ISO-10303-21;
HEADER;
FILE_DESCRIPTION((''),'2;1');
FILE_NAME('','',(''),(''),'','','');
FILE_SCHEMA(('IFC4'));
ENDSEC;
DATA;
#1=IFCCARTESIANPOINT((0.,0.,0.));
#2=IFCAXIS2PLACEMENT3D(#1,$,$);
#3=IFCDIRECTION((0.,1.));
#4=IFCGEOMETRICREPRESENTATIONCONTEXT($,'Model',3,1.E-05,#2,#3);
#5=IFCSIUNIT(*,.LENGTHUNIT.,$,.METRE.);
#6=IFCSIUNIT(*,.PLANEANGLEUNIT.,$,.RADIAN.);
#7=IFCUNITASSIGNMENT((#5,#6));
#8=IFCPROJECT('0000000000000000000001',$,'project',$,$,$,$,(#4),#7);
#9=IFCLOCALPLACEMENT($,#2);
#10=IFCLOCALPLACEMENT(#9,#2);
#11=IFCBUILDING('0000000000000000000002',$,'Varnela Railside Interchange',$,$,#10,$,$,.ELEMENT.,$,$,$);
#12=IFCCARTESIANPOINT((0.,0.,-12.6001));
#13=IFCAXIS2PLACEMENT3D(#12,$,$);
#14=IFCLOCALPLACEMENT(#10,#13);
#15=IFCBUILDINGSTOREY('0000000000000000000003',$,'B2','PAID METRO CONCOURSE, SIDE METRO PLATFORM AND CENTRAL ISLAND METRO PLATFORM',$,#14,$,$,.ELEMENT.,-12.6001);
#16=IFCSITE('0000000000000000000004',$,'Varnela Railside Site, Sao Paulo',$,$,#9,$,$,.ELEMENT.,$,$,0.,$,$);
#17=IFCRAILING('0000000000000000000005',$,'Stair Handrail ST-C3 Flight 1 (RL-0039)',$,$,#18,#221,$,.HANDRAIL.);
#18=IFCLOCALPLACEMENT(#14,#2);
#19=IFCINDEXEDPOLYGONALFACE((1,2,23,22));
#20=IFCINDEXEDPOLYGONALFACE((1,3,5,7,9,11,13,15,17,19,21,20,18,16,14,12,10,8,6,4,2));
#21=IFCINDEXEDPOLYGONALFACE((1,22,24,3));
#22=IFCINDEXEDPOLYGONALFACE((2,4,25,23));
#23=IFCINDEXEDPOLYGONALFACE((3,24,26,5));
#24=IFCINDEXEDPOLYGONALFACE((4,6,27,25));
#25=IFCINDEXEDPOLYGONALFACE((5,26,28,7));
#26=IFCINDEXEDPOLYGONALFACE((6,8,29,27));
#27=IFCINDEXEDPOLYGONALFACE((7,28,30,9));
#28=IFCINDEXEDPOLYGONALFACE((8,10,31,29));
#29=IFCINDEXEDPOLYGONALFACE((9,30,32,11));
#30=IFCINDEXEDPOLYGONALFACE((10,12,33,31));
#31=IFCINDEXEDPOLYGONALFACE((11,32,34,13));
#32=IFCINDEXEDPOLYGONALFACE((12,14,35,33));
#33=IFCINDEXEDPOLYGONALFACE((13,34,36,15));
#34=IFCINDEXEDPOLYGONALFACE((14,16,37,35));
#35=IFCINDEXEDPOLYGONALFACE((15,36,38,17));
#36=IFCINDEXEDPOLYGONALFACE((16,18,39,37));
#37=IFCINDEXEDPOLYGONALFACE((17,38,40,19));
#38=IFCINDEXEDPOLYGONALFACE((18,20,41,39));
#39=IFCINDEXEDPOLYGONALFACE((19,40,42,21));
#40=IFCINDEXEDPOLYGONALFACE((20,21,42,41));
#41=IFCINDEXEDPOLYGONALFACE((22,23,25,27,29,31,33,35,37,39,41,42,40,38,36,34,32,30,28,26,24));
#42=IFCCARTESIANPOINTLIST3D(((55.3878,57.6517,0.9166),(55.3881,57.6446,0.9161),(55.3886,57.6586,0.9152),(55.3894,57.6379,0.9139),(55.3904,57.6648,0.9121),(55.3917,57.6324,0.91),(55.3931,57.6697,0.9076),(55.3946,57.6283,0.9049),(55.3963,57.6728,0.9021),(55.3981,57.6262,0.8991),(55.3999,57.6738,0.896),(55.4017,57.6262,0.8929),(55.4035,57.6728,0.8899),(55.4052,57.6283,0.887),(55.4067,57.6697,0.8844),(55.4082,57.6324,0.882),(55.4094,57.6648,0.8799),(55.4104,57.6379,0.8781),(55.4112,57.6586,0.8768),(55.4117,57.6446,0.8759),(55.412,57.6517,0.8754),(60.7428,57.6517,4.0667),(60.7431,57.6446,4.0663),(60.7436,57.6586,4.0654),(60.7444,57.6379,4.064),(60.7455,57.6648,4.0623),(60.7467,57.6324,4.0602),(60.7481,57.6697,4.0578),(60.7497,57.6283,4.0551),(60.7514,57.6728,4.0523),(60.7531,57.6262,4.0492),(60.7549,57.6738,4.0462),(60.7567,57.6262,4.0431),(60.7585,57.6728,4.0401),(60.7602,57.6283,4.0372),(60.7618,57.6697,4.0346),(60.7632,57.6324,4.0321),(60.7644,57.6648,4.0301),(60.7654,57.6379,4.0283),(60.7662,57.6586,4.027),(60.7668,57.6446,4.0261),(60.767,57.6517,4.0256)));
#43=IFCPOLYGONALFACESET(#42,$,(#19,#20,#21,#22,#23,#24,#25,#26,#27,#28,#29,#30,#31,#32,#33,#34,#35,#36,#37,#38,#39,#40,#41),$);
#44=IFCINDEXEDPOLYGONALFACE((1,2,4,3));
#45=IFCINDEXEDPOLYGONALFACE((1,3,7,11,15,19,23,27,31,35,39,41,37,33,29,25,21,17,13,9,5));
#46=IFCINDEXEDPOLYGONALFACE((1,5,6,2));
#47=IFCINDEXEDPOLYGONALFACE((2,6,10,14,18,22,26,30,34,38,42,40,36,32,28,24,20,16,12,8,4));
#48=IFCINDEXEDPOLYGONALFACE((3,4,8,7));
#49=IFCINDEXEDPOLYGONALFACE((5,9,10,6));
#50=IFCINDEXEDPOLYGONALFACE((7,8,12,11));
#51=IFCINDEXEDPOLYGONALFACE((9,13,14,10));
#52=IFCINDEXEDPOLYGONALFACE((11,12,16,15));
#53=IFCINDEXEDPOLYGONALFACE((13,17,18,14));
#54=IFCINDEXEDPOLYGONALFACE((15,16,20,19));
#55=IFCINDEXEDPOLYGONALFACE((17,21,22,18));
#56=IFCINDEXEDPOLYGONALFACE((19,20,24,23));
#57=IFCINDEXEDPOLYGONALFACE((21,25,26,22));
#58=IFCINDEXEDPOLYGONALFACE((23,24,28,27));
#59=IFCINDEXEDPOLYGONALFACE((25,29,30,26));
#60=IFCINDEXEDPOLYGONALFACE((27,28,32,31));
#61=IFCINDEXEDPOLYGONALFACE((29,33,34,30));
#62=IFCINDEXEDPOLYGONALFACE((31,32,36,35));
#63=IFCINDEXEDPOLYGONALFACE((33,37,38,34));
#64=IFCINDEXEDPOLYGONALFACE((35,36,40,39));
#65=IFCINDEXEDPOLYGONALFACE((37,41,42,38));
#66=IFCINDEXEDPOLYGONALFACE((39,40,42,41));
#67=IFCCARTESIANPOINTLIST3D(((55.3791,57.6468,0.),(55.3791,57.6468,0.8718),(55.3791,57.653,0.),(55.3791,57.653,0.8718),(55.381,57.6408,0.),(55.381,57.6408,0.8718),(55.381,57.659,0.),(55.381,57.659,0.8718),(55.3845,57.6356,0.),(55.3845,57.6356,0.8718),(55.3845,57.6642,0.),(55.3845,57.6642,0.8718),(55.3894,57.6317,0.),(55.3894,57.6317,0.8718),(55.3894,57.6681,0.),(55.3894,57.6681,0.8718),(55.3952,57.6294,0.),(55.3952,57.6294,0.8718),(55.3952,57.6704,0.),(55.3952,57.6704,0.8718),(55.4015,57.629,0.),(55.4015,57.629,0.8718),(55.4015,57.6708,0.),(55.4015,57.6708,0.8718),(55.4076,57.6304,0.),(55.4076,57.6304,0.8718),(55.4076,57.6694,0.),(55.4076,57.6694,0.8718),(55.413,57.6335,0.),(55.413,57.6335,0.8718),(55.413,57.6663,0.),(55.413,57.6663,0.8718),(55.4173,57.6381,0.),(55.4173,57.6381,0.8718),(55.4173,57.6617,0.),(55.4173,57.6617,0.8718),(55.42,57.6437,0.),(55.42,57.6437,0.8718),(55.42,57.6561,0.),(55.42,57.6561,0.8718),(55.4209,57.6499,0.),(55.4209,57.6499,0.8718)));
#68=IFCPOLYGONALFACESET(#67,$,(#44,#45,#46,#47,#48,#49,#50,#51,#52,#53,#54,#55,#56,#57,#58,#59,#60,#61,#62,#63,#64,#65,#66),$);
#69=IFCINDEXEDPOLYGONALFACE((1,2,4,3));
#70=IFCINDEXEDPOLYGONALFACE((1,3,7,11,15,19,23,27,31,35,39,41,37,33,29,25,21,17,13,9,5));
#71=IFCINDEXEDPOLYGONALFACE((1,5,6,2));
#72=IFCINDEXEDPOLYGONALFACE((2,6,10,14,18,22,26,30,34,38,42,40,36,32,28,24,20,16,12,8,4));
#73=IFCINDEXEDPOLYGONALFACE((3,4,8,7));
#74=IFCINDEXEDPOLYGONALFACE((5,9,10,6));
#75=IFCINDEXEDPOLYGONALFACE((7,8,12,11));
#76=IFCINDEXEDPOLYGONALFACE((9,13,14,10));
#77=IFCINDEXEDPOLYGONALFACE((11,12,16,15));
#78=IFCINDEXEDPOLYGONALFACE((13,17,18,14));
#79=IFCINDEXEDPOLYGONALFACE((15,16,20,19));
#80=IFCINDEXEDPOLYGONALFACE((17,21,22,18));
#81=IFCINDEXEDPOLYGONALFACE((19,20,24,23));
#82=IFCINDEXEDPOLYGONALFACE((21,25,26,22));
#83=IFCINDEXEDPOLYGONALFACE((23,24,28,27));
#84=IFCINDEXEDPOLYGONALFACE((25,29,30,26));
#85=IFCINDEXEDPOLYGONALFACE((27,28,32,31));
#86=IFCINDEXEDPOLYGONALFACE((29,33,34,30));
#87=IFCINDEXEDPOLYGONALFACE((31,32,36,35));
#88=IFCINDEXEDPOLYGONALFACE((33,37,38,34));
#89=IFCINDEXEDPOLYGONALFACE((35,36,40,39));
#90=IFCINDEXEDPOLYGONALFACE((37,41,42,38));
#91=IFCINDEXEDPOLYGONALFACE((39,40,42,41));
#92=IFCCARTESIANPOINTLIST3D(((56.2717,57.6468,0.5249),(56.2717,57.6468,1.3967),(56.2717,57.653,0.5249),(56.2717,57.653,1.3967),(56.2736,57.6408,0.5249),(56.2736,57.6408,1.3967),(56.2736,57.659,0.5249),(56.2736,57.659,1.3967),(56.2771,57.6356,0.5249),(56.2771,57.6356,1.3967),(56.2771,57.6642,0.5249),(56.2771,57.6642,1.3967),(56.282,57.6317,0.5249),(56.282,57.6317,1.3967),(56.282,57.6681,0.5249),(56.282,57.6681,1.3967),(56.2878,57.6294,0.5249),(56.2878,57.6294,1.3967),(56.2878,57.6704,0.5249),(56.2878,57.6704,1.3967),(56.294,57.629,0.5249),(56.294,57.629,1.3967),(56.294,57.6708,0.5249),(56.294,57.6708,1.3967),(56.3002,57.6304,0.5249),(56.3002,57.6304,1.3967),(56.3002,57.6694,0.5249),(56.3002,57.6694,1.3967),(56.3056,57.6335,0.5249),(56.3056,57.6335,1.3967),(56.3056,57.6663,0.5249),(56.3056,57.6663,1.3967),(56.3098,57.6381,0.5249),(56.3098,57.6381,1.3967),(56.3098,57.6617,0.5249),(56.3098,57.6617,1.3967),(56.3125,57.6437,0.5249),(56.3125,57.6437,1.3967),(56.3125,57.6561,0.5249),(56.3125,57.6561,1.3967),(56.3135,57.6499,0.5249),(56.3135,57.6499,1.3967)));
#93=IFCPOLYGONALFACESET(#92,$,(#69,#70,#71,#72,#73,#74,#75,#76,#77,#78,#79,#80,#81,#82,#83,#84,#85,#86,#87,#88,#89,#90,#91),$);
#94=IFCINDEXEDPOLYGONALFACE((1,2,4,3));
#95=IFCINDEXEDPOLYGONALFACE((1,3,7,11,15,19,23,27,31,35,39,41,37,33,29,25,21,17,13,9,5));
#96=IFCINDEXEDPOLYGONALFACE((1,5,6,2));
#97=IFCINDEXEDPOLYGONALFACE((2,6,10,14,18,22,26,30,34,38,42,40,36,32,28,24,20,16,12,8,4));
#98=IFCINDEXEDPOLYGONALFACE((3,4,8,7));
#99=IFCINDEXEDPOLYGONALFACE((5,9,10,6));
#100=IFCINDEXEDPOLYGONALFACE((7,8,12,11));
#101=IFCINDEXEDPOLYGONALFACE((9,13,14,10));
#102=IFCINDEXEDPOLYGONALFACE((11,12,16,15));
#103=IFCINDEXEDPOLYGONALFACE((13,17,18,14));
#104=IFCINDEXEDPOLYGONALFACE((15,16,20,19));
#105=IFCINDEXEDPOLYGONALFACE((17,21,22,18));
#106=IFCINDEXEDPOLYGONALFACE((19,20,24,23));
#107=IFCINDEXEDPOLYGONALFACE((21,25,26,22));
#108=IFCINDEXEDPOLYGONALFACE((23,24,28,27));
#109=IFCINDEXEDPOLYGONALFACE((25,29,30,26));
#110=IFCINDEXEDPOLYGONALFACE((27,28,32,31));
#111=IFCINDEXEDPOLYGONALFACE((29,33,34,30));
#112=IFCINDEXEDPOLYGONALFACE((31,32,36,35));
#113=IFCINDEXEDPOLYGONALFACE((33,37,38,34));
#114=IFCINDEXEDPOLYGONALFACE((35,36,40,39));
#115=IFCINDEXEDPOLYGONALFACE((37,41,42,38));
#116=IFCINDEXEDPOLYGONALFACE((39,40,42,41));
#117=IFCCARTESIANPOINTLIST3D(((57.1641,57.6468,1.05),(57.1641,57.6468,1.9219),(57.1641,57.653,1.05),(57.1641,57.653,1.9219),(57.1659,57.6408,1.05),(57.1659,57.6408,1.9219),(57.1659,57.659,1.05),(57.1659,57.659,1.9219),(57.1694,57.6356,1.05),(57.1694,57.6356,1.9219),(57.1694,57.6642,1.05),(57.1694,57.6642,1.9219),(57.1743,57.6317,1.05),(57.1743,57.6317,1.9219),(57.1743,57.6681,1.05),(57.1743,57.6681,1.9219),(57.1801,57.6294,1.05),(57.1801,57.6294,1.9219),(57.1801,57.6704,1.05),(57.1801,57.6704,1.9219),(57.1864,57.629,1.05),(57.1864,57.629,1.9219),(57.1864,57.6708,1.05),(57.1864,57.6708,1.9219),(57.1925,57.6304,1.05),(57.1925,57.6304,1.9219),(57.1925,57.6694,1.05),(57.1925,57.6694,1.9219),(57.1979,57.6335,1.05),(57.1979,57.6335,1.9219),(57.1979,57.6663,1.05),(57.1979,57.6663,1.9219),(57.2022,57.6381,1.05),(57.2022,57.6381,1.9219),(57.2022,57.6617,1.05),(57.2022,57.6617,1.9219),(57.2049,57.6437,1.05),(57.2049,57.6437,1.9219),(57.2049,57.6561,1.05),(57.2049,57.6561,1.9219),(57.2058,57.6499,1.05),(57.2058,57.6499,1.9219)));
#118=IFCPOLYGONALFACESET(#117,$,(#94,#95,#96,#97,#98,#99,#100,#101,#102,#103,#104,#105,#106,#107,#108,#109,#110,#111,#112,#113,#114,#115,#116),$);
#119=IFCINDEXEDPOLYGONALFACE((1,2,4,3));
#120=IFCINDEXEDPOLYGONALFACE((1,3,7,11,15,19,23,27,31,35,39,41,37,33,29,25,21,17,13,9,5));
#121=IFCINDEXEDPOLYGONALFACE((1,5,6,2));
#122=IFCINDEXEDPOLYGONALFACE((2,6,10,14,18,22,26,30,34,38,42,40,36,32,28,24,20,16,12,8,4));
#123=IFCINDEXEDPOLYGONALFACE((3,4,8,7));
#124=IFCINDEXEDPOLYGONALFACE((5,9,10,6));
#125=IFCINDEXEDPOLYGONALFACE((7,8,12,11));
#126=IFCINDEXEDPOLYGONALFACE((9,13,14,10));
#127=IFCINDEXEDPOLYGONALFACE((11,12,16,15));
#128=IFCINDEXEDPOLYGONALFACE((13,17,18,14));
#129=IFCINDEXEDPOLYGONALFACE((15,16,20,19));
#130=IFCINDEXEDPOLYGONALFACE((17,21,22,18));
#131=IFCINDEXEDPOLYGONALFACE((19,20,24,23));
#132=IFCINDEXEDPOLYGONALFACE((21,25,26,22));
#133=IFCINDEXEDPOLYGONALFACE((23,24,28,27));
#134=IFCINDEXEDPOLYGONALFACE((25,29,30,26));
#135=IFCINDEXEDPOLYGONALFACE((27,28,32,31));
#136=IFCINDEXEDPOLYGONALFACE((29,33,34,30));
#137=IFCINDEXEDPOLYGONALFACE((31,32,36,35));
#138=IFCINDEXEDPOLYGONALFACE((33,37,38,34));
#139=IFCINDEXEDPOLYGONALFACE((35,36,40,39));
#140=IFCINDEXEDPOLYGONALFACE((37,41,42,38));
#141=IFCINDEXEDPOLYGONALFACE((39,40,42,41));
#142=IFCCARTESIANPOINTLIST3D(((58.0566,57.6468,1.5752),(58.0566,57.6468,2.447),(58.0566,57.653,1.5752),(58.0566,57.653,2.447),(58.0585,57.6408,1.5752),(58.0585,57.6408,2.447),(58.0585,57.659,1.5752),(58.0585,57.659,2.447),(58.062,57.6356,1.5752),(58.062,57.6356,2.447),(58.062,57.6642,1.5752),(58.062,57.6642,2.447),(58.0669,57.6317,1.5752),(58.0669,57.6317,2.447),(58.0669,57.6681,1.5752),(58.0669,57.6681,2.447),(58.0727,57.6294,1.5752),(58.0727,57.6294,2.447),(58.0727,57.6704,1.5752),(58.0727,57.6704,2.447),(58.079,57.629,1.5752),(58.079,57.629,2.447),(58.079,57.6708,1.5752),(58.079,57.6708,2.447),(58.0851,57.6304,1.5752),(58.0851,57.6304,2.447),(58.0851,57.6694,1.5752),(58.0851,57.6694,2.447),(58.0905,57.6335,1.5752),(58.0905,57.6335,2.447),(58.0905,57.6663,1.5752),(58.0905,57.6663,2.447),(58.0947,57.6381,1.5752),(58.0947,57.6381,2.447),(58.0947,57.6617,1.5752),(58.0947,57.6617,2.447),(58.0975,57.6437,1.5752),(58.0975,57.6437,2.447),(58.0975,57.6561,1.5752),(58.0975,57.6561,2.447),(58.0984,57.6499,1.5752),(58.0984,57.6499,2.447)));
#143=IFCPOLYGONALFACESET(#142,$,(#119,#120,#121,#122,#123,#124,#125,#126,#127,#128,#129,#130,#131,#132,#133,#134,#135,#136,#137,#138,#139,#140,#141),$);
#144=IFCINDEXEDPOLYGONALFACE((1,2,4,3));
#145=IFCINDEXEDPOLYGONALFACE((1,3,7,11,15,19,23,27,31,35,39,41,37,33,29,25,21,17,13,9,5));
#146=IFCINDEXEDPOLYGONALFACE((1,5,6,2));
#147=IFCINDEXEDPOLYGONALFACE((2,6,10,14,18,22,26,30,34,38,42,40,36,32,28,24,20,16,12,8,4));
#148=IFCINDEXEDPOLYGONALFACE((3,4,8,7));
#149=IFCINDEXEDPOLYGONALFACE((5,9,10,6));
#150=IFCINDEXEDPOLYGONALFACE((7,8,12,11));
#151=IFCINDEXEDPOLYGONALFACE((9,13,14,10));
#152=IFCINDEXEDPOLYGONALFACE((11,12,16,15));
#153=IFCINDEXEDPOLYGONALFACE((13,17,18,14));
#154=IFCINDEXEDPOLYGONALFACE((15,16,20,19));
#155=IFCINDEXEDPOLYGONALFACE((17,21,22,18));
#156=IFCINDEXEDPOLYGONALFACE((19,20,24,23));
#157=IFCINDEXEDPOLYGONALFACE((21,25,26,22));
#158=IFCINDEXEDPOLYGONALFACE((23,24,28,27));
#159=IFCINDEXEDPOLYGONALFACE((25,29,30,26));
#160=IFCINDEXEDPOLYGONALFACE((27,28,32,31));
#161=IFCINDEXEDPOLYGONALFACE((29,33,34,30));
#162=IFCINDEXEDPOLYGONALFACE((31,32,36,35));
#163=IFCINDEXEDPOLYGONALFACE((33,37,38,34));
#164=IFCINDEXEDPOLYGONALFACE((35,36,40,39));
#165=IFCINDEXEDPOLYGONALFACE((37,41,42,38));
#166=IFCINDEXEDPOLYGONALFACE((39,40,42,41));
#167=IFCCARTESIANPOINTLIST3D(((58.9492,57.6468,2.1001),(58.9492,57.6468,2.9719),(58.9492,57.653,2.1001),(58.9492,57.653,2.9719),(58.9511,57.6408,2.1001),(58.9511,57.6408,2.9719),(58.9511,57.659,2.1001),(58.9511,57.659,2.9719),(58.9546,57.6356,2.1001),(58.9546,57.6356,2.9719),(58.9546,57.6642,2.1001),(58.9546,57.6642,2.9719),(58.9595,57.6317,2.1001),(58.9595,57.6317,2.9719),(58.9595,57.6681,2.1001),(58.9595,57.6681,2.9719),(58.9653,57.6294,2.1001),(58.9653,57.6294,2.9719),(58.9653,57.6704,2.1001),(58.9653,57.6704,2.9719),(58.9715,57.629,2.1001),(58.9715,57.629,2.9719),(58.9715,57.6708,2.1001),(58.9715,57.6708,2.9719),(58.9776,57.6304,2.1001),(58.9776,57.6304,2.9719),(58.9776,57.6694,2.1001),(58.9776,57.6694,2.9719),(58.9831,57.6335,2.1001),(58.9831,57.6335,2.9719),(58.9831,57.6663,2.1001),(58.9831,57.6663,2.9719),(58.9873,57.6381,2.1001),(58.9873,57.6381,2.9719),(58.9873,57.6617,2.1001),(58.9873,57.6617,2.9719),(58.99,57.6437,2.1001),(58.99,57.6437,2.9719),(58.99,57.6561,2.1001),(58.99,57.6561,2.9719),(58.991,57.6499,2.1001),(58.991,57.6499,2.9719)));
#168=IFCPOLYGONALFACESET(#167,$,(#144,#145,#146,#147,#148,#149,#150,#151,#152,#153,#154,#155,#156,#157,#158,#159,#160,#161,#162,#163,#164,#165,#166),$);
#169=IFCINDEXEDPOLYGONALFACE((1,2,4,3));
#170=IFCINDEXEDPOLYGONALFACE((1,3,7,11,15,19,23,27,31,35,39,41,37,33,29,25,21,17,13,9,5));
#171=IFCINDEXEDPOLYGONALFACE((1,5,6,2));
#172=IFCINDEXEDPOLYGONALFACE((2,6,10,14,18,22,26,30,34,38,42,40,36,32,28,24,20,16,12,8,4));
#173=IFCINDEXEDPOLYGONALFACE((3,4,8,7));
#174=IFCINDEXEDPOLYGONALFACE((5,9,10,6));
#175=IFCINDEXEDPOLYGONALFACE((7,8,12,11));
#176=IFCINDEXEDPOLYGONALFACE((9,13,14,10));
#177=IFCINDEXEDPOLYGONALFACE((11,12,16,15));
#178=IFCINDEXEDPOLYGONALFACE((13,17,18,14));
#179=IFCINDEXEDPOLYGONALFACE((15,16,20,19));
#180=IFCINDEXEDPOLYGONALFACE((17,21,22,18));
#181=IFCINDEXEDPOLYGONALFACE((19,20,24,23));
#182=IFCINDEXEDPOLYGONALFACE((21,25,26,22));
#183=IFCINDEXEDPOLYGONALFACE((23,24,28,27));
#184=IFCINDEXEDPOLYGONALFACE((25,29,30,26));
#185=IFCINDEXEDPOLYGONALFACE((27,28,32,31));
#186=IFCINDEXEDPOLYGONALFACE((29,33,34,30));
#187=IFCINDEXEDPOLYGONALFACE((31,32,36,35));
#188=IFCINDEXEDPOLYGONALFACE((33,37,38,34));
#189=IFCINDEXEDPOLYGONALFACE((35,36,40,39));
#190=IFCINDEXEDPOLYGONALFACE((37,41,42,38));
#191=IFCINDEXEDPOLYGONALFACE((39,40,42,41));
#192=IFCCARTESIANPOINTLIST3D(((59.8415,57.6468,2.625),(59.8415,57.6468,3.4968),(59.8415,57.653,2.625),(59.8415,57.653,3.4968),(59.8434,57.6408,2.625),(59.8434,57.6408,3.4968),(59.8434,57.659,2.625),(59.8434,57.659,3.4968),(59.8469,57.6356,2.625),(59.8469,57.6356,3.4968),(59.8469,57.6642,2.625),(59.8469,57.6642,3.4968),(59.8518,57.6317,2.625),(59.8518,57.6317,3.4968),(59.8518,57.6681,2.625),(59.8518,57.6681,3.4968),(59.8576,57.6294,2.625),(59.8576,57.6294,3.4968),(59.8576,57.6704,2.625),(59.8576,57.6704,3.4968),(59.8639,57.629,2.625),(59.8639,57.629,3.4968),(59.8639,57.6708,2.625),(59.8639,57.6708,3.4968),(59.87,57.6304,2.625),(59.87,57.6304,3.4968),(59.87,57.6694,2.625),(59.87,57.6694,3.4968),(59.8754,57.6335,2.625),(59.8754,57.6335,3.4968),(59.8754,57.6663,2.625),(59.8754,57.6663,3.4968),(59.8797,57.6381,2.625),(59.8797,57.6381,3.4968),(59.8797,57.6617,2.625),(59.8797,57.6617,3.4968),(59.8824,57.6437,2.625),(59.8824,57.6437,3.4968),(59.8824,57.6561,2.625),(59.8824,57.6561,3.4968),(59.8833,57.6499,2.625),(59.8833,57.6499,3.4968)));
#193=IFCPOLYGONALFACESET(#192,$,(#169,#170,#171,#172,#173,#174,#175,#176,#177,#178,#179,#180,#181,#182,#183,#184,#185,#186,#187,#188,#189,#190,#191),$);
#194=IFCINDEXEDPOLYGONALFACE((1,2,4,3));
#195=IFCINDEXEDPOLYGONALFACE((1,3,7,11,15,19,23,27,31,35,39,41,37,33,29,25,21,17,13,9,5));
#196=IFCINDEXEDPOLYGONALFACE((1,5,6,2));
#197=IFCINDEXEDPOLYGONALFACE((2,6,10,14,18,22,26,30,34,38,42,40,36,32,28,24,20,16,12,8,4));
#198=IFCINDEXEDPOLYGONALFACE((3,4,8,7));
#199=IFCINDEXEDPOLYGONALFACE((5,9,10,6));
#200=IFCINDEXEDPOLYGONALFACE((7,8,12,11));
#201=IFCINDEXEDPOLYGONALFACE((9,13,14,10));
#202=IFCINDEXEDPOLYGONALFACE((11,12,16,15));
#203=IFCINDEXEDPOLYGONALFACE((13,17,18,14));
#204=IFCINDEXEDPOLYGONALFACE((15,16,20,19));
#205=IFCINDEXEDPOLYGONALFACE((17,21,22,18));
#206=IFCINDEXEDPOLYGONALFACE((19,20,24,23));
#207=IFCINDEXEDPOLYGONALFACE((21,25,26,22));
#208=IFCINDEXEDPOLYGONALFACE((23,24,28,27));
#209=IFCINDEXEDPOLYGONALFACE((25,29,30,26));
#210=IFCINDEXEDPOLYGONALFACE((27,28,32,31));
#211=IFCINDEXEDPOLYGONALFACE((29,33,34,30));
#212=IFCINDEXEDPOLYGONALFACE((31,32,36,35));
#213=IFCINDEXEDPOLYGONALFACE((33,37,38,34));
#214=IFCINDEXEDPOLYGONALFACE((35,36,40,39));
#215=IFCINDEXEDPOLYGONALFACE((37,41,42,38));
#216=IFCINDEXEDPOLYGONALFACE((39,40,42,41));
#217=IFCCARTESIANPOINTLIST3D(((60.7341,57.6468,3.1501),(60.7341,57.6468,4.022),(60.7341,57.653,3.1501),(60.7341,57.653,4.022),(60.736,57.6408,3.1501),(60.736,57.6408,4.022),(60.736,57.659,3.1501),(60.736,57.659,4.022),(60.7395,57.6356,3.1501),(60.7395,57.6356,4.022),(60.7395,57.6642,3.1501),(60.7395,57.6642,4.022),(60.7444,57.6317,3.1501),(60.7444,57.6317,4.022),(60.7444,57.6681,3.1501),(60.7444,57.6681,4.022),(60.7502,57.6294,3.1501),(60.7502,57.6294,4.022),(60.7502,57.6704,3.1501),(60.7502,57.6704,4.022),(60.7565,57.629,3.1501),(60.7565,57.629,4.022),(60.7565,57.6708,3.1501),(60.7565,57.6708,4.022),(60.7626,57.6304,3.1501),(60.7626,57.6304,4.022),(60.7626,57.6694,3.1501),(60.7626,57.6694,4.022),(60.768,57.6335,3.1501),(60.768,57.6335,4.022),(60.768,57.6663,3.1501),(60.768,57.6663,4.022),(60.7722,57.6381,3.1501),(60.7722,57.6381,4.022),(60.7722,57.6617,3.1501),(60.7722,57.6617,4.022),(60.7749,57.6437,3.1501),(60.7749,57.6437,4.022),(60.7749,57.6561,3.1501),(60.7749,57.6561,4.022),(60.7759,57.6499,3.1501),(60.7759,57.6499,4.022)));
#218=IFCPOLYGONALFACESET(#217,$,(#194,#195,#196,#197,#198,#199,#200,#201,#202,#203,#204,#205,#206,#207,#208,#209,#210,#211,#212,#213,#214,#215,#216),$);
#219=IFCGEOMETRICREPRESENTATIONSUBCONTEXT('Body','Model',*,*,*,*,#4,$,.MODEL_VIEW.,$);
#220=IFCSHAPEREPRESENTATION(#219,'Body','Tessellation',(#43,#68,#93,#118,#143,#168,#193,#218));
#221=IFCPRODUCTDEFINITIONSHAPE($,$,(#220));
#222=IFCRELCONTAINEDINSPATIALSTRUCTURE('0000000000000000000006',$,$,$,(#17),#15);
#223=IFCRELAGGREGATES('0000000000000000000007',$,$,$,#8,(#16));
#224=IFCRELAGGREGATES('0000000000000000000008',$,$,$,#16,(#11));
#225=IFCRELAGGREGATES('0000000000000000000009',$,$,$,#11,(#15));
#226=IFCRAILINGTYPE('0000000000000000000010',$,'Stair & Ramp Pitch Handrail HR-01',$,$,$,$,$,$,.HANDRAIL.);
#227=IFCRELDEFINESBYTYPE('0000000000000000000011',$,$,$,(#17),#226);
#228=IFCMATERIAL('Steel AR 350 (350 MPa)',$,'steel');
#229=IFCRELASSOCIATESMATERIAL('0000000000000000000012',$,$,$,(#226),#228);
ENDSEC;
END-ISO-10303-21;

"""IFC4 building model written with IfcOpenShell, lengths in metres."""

from ifc_helpers import new_model, si_unit, direction, frame, origin, origin_2d, place, context, subcontext, project, spatial, circle, extrude, material, type_object, element, save


model = new_model("IFC4")

# Units and contexts
model_context = context("Model", 3, precision=1e-05, world=origin(), true_north=direction((0.0, 1.0)))
body_context = subcontext(model_context, "Body", "Model", "MODEL_VIEW")
ifc_project = project(units=[si_unit("LENGTHUNIT", "METRE"), si_unit("PLANEANGLEUNIT", "RADIAN")], contexts=[model_context])

# Site, building, storey
site_placement = place(None, origin())
site = spatial("IfcSite", under=ifc_project, at=site_placement, Name="Varnela Railside Site, Sao Paulo", CompositionType="ELEMENT", RefElevation=0.0)
building_placement = place(site_placement, origin())
building = spatial("IfcBuilding", under=site, at=building_placement, Name="Varnela Railside Interchange", CompositionType="ELEMENT")
storey_placement = place(building_placement, frame((0.0, 0.0, -12.6001)))
storey = spatial("IfcBuildingStorey", under=building, at=storey_placement, Name="B2", Description="PAID METRO CONCOURSE, SIDE METRO PLATFORM AND CENTRAL ISLAND METRO PLATFORM", CompositionType="ELEMENT", Elevation=-12.6001)

# Shared definitions
ifc_material_1 = material(Name="Steel AR 350 (350 MPa)", Category="steel")

# Railing
railing_type_1 = type_object("IfcRailingType", Name="Stair & Ramp Pitch Handrail HR-01", PredefinedType="HANDRAIL", material=ifc_material_1)
railing_1_placement = place(storey_placement, frame((55.3999, 57.6499, 0.0)))
element("IfcRailing", 1, at=railing_1_placement, inside=storey, type_object=railing_type_1, Name="Stair Handrail ST-C3 Flight 1 (RL-0039)", PredefinedType="HANDRAIL", context=body_context, shape_type="SweptSolid", body=[
    extrude(circle(Radius=0.0239, at=origin_2d()), frame((0.0, 0.0, 0.896), z_axis=(0.861923, 0.0, 0.507039), x_axis=(0.0, 1.0, 0.0)), (0.0, 0.0, 1.0), 6.2129),
    extrude(circle(Radius=0.021, at=origin_2d()), origin(), (0.0, 0.0, 1.0), 0.8718),
    extrude(circle(Radius=0.021, at=origin_2d()), frame((0.8926, 0.0, 0.5249)), (0.0, 0.0, 1.0), 0.8718),
    extrude(circle(Radius=0.021, at=origin_2d()), frame((1.7849, 0.0, 1.05)), (0.0, 0.0, 1.0), 0.8718),
    extrude(circle(Radius=0.021, at=origin_2d()), frame((2.6775, 0.0, 1.5752)), (0.0, 0.0, 1.0), 0.8718),
    extrude(circle(Radius=0.021, at=origin_2d()), frame((3.5701, 0.0, 2.1001)), (0.0, 0.0, 1.0), 0.8718),
    extrude(circle(Radius=0.021, at=origin_2d()), frame((4.4624, 0.0, 2.625)), (0.0, 0.0, 1.0), 0.8718),
    extrude(circle(Radius=0.021, at=origin_2d()), frame((5.355, 0.0, 3.1501)), (0.0, 0.0, 1.0), 0.8718),
])

save(model, "model.ifc")
